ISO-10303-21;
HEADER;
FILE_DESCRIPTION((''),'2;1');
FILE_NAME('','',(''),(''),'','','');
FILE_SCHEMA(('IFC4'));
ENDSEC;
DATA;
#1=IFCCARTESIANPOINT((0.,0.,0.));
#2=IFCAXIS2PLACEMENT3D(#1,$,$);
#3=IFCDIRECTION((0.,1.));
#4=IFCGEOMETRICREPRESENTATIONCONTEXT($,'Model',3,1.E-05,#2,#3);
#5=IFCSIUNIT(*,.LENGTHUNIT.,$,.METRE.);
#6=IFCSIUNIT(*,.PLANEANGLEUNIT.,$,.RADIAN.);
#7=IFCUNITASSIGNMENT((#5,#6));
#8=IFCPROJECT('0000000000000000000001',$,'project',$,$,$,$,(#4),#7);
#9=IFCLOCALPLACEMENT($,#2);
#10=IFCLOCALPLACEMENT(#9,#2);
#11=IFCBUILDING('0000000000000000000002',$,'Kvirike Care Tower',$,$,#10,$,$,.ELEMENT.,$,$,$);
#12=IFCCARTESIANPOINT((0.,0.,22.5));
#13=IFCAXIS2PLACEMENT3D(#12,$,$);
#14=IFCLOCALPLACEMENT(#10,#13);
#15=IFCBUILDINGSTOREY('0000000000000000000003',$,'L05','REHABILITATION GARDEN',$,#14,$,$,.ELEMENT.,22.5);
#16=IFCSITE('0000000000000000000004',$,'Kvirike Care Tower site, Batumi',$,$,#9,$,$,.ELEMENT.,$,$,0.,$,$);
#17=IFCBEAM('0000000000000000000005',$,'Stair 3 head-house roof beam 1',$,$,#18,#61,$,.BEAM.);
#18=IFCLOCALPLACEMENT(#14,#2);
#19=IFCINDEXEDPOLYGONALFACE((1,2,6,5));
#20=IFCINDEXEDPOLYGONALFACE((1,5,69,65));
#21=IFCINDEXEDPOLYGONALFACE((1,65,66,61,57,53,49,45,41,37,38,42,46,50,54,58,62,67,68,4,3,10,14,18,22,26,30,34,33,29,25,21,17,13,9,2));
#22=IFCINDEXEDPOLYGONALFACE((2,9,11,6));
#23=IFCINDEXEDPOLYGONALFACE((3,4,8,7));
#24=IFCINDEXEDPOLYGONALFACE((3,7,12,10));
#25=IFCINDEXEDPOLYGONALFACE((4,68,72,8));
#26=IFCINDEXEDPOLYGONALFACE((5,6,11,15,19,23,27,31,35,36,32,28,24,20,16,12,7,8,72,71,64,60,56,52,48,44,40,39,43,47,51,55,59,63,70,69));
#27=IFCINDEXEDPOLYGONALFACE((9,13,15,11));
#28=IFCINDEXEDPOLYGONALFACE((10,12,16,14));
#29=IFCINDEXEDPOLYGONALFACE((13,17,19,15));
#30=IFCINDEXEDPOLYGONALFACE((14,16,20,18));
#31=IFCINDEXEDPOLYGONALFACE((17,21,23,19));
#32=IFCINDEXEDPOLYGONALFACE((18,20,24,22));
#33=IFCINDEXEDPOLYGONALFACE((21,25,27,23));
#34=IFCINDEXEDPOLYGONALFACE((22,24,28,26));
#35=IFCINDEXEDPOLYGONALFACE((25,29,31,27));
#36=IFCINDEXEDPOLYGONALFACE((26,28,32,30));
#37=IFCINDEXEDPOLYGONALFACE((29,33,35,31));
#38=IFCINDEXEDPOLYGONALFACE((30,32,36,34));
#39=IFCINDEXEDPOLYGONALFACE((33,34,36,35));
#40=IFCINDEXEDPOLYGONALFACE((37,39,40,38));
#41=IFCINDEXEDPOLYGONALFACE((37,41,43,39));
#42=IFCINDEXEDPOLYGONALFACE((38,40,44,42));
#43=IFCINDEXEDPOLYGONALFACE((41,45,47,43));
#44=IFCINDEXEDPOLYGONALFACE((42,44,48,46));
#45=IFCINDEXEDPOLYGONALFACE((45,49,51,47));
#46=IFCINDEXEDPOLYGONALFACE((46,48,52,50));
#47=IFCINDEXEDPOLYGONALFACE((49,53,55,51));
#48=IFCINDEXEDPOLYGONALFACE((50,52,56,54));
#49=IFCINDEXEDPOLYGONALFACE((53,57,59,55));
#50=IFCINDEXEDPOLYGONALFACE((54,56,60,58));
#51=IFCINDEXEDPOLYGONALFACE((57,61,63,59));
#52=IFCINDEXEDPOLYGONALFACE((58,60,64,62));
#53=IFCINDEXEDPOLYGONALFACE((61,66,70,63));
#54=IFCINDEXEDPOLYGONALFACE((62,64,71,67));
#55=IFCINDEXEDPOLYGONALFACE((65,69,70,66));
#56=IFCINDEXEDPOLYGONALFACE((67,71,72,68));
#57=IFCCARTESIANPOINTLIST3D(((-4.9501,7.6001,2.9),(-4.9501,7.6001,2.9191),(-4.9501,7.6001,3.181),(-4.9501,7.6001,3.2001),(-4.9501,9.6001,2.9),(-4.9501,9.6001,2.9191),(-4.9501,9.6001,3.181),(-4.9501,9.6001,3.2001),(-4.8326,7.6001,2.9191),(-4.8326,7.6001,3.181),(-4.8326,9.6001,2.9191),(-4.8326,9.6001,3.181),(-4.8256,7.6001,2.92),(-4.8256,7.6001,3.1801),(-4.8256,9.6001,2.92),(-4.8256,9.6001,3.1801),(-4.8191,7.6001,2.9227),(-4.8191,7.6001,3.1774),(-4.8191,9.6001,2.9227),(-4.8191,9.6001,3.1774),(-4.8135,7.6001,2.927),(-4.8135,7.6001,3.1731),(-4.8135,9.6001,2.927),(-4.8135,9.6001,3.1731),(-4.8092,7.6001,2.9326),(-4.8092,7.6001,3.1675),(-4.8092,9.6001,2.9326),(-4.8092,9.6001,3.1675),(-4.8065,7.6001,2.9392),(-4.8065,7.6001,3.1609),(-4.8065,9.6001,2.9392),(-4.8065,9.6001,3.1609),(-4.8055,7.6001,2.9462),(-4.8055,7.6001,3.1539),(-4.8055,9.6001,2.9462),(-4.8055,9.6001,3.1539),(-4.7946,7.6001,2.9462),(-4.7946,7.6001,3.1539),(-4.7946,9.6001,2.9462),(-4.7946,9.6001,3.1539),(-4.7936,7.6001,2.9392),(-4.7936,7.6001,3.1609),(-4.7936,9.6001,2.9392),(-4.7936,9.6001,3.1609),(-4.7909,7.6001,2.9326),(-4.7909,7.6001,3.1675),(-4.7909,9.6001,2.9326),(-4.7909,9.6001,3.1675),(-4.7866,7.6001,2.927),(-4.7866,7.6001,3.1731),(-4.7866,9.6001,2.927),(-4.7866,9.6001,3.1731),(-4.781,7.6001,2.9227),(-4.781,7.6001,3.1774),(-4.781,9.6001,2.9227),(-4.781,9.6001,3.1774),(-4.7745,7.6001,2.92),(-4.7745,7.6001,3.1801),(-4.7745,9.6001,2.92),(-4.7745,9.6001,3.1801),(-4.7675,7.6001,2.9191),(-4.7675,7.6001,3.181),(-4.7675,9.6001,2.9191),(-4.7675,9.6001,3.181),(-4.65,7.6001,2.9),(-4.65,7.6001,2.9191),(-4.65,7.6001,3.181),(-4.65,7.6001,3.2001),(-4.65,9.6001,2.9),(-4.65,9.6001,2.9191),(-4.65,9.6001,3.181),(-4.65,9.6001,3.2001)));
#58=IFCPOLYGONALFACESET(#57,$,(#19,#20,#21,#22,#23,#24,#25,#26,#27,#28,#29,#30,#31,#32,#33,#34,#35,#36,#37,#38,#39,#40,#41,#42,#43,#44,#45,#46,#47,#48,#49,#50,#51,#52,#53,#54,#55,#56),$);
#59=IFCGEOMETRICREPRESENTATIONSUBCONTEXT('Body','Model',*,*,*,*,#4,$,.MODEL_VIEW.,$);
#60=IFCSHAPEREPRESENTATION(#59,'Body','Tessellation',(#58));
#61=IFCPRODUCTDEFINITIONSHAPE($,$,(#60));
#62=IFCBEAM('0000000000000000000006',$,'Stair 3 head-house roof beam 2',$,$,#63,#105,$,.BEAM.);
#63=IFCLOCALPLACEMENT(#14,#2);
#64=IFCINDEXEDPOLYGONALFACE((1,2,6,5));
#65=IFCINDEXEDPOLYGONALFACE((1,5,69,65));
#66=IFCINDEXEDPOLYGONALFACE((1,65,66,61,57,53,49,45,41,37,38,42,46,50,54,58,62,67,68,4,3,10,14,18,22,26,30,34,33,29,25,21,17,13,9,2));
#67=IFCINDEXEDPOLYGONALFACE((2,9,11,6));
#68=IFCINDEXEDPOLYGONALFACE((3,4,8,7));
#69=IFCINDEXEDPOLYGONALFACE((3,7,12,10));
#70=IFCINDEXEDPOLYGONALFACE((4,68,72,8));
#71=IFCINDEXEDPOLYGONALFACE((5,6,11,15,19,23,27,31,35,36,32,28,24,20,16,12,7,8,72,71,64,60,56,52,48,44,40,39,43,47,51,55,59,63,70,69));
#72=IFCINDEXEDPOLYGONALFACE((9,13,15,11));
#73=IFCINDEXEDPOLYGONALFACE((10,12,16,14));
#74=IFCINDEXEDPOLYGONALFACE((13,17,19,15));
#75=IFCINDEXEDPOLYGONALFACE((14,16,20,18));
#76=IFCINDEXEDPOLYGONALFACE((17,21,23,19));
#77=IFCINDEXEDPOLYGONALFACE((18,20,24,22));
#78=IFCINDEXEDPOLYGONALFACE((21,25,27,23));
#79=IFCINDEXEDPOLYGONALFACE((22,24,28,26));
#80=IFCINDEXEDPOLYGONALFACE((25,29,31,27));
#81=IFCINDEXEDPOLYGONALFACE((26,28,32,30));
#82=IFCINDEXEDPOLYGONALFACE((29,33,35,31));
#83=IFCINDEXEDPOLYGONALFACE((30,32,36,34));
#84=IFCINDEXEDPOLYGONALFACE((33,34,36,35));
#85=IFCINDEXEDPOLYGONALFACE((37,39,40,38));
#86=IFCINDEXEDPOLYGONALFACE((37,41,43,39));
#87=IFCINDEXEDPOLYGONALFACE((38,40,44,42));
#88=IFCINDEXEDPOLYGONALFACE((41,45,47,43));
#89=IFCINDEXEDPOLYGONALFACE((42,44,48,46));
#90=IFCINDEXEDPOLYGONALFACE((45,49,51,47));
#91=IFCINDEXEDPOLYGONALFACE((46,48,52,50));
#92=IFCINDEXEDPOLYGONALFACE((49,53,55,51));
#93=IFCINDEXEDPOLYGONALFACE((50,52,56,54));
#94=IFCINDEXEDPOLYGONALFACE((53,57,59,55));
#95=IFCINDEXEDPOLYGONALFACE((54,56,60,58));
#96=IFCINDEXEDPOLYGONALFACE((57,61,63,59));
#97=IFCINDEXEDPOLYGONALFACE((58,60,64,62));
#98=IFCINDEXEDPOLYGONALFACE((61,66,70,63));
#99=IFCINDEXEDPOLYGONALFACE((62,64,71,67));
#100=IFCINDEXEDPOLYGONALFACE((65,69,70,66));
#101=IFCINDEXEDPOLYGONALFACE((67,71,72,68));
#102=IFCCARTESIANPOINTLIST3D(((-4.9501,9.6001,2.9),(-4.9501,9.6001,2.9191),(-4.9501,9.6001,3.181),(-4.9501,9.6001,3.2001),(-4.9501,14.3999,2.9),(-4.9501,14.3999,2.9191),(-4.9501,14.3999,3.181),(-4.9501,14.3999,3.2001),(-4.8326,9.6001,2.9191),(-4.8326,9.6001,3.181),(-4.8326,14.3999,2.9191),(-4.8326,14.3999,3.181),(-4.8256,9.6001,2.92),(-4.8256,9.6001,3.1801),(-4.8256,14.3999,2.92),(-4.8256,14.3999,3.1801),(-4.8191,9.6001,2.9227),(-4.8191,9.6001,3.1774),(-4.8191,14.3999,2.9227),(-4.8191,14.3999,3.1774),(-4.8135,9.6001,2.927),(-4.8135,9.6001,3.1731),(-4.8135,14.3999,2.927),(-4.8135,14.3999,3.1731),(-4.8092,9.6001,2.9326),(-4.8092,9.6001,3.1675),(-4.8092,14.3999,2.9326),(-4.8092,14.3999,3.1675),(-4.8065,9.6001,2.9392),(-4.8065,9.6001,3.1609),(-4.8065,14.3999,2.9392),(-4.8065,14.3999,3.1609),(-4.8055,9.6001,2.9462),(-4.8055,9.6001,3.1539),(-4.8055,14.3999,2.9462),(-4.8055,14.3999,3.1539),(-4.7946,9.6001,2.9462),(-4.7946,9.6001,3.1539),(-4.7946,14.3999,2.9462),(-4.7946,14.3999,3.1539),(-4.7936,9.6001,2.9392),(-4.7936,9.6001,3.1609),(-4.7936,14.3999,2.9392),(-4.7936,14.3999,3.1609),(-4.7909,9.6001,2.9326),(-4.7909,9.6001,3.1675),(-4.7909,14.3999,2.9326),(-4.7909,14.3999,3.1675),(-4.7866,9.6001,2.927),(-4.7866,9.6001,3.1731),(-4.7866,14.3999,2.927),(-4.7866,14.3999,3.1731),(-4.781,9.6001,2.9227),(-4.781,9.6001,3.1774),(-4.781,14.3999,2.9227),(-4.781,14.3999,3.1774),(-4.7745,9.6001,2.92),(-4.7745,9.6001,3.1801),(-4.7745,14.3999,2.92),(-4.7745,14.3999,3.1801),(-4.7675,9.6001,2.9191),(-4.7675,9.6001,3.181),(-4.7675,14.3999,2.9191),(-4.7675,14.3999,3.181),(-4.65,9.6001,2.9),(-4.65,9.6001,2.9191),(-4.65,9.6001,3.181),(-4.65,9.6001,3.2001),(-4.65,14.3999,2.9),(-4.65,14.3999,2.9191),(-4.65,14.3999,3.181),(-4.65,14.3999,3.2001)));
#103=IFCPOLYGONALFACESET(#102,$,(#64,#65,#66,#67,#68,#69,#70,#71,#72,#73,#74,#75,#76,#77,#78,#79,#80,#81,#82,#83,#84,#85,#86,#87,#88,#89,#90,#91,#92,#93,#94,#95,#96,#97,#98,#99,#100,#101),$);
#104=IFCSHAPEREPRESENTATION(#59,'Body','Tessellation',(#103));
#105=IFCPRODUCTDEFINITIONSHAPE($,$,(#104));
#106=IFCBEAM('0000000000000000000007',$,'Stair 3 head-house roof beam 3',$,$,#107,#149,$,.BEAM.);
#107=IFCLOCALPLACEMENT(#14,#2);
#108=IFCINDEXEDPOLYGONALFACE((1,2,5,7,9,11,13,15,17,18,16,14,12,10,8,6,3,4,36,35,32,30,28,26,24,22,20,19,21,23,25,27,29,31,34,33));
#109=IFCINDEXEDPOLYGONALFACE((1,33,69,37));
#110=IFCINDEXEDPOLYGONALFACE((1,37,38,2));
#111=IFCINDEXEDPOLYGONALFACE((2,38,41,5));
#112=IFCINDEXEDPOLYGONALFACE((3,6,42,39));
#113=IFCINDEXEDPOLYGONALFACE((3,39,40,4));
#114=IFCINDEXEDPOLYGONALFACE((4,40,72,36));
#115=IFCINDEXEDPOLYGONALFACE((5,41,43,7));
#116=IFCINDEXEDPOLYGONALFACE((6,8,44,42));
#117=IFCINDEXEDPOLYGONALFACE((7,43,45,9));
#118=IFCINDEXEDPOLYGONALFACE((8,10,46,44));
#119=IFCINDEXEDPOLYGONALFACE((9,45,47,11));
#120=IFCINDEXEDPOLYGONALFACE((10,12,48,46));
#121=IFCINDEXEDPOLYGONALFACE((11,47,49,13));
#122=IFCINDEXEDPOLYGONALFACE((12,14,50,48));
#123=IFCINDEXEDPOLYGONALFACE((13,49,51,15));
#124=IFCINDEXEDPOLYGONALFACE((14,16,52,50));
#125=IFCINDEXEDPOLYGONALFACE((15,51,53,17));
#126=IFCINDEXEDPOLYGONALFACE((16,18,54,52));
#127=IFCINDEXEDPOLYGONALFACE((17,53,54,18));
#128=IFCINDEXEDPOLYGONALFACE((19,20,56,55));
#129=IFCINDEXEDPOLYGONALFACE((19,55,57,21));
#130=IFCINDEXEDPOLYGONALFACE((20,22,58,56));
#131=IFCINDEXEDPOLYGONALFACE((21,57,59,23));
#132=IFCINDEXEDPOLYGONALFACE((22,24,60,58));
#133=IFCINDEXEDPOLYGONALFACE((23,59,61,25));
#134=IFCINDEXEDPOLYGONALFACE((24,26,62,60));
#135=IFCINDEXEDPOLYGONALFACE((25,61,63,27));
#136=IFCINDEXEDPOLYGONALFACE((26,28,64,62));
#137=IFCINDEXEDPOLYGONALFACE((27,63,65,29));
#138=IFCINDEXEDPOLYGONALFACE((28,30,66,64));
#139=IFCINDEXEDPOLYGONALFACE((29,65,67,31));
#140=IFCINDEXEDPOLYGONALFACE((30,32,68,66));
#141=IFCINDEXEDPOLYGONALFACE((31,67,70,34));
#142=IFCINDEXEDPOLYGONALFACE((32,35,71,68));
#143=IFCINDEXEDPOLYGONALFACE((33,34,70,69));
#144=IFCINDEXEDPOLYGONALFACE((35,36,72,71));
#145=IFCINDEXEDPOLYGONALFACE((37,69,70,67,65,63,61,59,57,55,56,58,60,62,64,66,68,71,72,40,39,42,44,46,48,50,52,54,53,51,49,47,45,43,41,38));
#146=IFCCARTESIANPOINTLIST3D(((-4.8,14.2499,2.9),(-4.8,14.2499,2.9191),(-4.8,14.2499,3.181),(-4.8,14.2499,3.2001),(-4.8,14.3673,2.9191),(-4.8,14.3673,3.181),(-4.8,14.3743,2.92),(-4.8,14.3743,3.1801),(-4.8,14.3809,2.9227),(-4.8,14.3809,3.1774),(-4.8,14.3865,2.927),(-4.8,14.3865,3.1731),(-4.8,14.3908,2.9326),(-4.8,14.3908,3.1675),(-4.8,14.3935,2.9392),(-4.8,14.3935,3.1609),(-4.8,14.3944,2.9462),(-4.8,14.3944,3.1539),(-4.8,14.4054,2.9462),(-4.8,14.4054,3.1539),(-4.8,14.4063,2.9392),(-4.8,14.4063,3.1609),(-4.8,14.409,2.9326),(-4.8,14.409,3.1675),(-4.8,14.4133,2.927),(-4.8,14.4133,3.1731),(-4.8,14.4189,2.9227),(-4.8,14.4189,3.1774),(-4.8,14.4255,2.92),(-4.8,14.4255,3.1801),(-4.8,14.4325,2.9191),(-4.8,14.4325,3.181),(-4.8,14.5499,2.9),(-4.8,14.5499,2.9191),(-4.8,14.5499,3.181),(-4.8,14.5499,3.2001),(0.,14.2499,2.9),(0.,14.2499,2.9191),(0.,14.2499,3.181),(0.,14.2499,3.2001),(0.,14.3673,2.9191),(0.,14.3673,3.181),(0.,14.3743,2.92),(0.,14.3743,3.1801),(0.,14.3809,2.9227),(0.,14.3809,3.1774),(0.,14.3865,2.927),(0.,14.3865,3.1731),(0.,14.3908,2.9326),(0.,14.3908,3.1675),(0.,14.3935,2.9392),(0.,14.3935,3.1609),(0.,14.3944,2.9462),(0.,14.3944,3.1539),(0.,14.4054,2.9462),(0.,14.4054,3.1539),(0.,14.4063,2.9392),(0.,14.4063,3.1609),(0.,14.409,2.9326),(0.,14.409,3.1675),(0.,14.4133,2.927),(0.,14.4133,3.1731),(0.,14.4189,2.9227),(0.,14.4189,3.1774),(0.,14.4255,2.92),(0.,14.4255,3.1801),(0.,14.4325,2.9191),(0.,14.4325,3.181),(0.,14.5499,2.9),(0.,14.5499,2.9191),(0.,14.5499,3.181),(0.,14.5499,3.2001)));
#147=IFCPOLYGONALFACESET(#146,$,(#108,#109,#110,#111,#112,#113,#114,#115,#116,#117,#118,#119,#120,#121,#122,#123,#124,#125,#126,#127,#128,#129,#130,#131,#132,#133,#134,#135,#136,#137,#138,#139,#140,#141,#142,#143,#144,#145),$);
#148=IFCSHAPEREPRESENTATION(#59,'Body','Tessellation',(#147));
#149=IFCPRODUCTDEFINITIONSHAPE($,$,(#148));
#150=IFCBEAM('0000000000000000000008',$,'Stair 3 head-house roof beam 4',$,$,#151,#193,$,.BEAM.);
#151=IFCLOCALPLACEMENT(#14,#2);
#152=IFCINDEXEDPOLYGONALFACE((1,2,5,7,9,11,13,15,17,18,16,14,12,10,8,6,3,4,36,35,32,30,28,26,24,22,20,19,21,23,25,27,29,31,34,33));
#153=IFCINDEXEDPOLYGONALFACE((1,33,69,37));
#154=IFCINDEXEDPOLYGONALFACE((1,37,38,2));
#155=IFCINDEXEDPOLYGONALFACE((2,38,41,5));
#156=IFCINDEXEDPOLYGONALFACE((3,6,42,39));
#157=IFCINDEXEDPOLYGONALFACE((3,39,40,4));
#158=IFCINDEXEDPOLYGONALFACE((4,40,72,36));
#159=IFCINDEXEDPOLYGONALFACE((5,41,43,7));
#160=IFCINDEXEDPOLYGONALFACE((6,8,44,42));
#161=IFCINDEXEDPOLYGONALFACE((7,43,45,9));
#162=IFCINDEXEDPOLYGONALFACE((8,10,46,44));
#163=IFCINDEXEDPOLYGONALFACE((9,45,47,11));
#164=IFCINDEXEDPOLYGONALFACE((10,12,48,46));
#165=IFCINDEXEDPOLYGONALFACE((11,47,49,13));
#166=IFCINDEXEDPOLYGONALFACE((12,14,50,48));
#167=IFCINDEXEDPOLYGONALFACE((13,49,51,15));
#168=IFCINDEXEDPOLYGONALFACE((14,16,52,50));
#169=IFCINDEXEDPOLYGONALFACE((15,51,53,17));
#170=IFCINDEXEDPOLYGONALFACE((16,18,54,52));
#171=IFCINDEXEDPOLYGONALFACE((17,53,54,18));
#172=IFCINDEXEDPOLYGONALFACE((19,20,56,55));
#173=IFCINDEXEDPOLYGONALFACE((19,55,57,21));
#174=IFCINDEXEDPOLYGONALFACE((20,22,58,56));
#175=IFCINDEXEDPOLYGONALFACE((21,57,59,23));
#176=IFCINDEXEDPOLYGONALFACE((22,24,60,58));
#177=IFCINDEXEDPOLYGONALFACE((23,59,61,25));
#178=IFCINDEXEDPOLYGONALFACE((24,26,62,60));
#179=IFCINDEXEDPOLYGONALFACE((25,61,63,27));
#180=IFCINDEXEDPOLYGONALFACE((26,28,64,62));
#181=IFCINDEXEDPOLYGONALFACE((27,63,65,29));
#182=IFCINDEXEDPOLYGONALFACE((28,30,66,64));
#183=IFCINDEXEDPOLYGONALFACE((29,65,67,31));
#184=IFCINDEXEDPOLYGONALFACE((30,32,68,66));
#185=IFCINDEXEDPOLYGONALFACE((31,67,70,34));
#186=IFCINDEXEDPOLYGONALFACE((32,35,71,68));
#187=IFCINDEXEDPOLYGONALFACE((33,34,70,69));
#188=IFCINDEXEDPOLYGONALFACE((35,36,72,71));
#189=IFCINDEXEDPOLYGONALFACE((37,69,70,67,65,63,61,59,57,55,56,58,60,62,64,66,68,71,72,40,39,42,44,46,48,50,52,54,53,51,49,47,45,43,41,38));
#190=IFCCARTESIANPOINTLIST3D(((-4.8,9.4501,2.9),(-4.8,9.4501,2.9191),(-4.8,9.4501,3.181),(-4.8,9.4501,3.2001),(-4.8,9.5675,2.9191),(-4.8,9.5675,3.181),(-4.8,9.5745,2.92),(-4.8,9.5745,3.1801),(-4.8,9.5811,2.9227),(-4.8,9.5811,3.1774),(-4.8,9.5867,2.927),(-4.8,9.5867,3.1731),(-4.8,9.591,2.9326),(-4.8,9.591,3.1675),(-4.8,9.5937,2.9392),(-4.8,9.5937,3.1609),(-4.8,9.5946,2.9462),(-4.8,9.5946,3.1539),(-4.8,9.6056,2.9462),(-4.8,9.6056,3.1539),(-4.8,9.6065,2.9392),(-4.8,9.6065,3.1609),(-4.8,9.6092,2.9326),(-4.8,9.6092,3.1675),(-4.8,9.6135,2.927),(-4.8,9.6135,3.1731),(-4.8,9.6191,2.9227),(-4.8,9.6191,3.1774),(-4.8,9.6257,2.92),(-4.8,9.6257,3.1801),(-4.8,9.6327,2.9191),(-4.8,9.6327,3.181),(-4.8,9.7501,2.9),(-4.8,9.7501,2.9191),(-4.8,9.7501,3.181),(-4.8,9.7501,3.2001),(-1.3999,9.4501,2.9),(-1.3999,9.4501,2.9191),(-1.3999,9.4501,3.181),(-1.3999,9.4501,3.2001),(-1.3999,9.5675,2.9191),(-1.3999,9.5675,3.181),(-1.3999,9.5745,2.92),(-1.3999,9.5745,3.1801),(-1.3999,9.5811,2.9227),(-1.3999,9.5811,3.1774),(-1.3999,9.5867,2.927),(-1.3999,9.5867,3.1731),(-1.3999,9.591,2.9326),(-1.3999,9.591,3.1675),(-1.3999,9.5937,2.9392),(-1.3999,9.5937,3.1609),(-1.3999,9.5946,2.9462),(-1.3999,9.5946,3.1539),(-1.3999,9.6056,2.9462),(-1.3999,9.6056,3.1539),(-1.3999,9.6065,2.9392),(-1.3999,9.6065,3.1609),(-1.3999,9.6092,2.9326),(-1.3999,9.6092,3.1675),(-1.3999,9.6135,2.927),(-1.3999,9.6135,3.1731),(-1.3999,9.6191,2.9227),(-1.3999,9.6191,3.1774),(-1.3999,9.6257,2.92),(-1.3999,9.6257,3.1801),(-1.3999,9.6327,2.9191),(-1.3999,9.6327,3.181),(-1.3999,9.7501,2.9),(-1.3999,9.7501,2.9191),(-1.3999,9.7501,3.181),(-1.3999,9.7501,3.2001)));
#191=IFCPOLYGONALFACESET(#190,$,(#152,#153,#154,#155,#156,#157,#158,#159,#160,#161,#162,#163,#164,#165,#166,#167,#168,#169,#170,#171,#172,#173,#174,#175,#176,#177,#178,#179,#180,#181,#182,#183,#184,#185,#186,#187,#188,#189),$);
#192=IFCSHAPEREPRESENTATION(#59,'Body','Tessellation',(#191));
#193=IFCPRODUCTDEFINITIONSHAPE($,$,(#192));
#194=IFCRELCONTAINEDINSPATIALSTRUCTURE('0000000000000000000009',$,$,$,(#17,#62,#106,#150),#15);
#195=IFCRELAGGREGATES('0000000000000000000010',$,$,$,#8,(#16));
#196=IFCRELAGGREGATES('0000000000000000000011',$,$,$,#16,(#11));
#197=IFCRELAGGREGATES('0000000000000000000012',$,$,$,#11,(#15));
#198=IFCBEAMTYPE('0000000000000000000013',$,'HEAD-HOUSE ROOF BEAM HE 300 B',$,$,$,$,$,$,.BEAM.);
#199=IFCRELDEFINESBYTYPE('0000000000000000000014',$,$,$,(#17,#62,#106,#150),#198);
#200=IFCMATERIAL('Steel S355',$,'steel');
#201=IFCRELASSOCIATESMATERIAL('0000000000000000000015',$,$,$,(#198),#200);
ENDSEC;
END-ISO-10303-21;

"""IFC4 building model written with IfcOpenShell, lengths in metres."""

from ifc_helpers import new_model, si_unit, direction, frame, origin, origin_2d, place, context, subcontext, project, spatial, i_section, extrude, material, material_profile, profile_set, type_object, element, save


model = new_model("IFC4")

# Units and contexts
model_context = context("Model", 3, precision=1e-05, world=origin(), true_north=direction((0.0, 1.0)))
body_context = subcontext(model_context, "Body", "Model", "MODEL_VIEW")
ifc_project = project(units=[si_unit("LENGTHUNIT", "METRE"), si_unit("PLANEANGLEUNIT", "RADIAN")], contexts=[model_context])

# Site, building, storey
site_placement = place(None, origin())
site = spatial("IfcSite", under=ifc_project, at=site_placement, Name="Kvirike Care Tower site, Batumi", CompositionType="ELEMENT", RefElevation=0.0)
building_placement = place(site_placement, origin())
building = spatial("IfcBuilding", under=site, at=building_placement, Name="Kvirike Care Tower", CompositionType="ELEMENT")
storey_placement = place(building_placement, frame((0.0, 0.0, 22.5)))
storey = spatial("IfcBuildingStorey", under=building, at=storey_placement, Name="L05", Description="REHABILITATION GARDEN", CompositionType="ELEMENT", Elevation=22.5)

# Beams
ifc_material_1 = material(Name="Steel S355", Category="steel")
ifc_material_profile_1 = material_profile(ifc_material_1, i_section(OverallWidth=0.3, OverallDepth=0.3, WebThickness=0.011, FlangeThickness=0.019, FilletRadius=0.0271, at=origin_2d()), Name="HE 300 B")
ifc_profile_set_1 = profile_set([ifc_material_profile_1], Name="Steel S355")
beam_type_1 = type_object("IfcBeamType", Name="HEAD-HOUSE ROOF BEAM HE 300 B", PredefinedType="BEAM", material=ifc_profile_set_1)
beam_1_placement = place(storey_placement, frame((-4.8, 7.6001, 3.05), z_axis=(0.0, 1.0, 0.0), x_axis=(-1.0, 0.0, 0.0)))
element("IfcBeam", 1, at=beam_1_placement, inside=storey, type_object=beam_type_1, Name="Stair 3 head-house roof beam 1", PredefinedType="BEAM", context=body_context, shape_type="SweptSolid", body=[
    extrude(i_section(OverallWidth=0.3, OverallDepth=0.3, WebThickness=0.011, FlangeThickness=0.019, FilletRadius=0.0271, at=origin_2d()), origin(), (0.0, 0.0, 1.0), 2.0),
])
beam_2_placement = place(storey_placement, frame((-4.8, 9.6001, 3.05), z_axis=(0.0, 1.0, 0.0), x_axis=(-1.0, 0.0, 0.0)))
element("IfcBeam", 2, at=beam_2_placement, inside=storey, type_object=beam_type_1, Name="Stair 3 head-house roof beam 2", PredefinedType="BEAM", context=body_context, shape_type="SweptSolid", body=[
    extrude(i_section(OverallWidth=0.3, OverallDepth=0.3, WebThickness=0.011, FlangeThickness=0.019, FilletRadius=0.0271, at=origin_2d()), origin(), (0.0, 0.0, 1.0), 4.7998),
])
beam_3_placement = place(storey_placement, frame((-4.8, 14.3999, 3.05), z_axis=(1.0, 0.0, 0.0), x_axis=(0.0, 1.0, 0.0)))
element("IfcBeam", 3, at=beam_3_placement, inside=storey, type_object=beam_type_1, Name="Stair 3 head-house roof beam 3", PredefinedType="BEAM", context=body_context, shape_type="SweptSolid", body=[
    extrude(i_section(OverallWidth=0.3, OverallDepth=0.3, WebThickness=0.011, FlangeThickness=0.019, FilletRadius=0.0271, at=origin_2d()), origin(), (0.0, 0.0, 1.0), 4.8),
])
beam_4_placement = place(storey_placement, frame((-4.8, 9.6001, 3.05), z_axis=(1.0, 0.0, 0.0), x_axis=(0.0, 1.0, 0.0)))
element("IfcBeam", 4, at=beam_4_placement, inside=storey, type_object=beam_type_1, Name="Stair 3 head-house roof beam 4", PredefinedType="BEAM", context=body_context, shape_type="SweptSolid", body=[
    extrude(i_section(OverallWidth=0.3, OverallDepth=0.3, WebThickness=0.011, FlangeThickness=0.019, FilletRadius=0.0271, at=origin_2d()), origin(), (0.0, 0.0, 1.0), 3.4001),
])

save(model, "model.ifc")
